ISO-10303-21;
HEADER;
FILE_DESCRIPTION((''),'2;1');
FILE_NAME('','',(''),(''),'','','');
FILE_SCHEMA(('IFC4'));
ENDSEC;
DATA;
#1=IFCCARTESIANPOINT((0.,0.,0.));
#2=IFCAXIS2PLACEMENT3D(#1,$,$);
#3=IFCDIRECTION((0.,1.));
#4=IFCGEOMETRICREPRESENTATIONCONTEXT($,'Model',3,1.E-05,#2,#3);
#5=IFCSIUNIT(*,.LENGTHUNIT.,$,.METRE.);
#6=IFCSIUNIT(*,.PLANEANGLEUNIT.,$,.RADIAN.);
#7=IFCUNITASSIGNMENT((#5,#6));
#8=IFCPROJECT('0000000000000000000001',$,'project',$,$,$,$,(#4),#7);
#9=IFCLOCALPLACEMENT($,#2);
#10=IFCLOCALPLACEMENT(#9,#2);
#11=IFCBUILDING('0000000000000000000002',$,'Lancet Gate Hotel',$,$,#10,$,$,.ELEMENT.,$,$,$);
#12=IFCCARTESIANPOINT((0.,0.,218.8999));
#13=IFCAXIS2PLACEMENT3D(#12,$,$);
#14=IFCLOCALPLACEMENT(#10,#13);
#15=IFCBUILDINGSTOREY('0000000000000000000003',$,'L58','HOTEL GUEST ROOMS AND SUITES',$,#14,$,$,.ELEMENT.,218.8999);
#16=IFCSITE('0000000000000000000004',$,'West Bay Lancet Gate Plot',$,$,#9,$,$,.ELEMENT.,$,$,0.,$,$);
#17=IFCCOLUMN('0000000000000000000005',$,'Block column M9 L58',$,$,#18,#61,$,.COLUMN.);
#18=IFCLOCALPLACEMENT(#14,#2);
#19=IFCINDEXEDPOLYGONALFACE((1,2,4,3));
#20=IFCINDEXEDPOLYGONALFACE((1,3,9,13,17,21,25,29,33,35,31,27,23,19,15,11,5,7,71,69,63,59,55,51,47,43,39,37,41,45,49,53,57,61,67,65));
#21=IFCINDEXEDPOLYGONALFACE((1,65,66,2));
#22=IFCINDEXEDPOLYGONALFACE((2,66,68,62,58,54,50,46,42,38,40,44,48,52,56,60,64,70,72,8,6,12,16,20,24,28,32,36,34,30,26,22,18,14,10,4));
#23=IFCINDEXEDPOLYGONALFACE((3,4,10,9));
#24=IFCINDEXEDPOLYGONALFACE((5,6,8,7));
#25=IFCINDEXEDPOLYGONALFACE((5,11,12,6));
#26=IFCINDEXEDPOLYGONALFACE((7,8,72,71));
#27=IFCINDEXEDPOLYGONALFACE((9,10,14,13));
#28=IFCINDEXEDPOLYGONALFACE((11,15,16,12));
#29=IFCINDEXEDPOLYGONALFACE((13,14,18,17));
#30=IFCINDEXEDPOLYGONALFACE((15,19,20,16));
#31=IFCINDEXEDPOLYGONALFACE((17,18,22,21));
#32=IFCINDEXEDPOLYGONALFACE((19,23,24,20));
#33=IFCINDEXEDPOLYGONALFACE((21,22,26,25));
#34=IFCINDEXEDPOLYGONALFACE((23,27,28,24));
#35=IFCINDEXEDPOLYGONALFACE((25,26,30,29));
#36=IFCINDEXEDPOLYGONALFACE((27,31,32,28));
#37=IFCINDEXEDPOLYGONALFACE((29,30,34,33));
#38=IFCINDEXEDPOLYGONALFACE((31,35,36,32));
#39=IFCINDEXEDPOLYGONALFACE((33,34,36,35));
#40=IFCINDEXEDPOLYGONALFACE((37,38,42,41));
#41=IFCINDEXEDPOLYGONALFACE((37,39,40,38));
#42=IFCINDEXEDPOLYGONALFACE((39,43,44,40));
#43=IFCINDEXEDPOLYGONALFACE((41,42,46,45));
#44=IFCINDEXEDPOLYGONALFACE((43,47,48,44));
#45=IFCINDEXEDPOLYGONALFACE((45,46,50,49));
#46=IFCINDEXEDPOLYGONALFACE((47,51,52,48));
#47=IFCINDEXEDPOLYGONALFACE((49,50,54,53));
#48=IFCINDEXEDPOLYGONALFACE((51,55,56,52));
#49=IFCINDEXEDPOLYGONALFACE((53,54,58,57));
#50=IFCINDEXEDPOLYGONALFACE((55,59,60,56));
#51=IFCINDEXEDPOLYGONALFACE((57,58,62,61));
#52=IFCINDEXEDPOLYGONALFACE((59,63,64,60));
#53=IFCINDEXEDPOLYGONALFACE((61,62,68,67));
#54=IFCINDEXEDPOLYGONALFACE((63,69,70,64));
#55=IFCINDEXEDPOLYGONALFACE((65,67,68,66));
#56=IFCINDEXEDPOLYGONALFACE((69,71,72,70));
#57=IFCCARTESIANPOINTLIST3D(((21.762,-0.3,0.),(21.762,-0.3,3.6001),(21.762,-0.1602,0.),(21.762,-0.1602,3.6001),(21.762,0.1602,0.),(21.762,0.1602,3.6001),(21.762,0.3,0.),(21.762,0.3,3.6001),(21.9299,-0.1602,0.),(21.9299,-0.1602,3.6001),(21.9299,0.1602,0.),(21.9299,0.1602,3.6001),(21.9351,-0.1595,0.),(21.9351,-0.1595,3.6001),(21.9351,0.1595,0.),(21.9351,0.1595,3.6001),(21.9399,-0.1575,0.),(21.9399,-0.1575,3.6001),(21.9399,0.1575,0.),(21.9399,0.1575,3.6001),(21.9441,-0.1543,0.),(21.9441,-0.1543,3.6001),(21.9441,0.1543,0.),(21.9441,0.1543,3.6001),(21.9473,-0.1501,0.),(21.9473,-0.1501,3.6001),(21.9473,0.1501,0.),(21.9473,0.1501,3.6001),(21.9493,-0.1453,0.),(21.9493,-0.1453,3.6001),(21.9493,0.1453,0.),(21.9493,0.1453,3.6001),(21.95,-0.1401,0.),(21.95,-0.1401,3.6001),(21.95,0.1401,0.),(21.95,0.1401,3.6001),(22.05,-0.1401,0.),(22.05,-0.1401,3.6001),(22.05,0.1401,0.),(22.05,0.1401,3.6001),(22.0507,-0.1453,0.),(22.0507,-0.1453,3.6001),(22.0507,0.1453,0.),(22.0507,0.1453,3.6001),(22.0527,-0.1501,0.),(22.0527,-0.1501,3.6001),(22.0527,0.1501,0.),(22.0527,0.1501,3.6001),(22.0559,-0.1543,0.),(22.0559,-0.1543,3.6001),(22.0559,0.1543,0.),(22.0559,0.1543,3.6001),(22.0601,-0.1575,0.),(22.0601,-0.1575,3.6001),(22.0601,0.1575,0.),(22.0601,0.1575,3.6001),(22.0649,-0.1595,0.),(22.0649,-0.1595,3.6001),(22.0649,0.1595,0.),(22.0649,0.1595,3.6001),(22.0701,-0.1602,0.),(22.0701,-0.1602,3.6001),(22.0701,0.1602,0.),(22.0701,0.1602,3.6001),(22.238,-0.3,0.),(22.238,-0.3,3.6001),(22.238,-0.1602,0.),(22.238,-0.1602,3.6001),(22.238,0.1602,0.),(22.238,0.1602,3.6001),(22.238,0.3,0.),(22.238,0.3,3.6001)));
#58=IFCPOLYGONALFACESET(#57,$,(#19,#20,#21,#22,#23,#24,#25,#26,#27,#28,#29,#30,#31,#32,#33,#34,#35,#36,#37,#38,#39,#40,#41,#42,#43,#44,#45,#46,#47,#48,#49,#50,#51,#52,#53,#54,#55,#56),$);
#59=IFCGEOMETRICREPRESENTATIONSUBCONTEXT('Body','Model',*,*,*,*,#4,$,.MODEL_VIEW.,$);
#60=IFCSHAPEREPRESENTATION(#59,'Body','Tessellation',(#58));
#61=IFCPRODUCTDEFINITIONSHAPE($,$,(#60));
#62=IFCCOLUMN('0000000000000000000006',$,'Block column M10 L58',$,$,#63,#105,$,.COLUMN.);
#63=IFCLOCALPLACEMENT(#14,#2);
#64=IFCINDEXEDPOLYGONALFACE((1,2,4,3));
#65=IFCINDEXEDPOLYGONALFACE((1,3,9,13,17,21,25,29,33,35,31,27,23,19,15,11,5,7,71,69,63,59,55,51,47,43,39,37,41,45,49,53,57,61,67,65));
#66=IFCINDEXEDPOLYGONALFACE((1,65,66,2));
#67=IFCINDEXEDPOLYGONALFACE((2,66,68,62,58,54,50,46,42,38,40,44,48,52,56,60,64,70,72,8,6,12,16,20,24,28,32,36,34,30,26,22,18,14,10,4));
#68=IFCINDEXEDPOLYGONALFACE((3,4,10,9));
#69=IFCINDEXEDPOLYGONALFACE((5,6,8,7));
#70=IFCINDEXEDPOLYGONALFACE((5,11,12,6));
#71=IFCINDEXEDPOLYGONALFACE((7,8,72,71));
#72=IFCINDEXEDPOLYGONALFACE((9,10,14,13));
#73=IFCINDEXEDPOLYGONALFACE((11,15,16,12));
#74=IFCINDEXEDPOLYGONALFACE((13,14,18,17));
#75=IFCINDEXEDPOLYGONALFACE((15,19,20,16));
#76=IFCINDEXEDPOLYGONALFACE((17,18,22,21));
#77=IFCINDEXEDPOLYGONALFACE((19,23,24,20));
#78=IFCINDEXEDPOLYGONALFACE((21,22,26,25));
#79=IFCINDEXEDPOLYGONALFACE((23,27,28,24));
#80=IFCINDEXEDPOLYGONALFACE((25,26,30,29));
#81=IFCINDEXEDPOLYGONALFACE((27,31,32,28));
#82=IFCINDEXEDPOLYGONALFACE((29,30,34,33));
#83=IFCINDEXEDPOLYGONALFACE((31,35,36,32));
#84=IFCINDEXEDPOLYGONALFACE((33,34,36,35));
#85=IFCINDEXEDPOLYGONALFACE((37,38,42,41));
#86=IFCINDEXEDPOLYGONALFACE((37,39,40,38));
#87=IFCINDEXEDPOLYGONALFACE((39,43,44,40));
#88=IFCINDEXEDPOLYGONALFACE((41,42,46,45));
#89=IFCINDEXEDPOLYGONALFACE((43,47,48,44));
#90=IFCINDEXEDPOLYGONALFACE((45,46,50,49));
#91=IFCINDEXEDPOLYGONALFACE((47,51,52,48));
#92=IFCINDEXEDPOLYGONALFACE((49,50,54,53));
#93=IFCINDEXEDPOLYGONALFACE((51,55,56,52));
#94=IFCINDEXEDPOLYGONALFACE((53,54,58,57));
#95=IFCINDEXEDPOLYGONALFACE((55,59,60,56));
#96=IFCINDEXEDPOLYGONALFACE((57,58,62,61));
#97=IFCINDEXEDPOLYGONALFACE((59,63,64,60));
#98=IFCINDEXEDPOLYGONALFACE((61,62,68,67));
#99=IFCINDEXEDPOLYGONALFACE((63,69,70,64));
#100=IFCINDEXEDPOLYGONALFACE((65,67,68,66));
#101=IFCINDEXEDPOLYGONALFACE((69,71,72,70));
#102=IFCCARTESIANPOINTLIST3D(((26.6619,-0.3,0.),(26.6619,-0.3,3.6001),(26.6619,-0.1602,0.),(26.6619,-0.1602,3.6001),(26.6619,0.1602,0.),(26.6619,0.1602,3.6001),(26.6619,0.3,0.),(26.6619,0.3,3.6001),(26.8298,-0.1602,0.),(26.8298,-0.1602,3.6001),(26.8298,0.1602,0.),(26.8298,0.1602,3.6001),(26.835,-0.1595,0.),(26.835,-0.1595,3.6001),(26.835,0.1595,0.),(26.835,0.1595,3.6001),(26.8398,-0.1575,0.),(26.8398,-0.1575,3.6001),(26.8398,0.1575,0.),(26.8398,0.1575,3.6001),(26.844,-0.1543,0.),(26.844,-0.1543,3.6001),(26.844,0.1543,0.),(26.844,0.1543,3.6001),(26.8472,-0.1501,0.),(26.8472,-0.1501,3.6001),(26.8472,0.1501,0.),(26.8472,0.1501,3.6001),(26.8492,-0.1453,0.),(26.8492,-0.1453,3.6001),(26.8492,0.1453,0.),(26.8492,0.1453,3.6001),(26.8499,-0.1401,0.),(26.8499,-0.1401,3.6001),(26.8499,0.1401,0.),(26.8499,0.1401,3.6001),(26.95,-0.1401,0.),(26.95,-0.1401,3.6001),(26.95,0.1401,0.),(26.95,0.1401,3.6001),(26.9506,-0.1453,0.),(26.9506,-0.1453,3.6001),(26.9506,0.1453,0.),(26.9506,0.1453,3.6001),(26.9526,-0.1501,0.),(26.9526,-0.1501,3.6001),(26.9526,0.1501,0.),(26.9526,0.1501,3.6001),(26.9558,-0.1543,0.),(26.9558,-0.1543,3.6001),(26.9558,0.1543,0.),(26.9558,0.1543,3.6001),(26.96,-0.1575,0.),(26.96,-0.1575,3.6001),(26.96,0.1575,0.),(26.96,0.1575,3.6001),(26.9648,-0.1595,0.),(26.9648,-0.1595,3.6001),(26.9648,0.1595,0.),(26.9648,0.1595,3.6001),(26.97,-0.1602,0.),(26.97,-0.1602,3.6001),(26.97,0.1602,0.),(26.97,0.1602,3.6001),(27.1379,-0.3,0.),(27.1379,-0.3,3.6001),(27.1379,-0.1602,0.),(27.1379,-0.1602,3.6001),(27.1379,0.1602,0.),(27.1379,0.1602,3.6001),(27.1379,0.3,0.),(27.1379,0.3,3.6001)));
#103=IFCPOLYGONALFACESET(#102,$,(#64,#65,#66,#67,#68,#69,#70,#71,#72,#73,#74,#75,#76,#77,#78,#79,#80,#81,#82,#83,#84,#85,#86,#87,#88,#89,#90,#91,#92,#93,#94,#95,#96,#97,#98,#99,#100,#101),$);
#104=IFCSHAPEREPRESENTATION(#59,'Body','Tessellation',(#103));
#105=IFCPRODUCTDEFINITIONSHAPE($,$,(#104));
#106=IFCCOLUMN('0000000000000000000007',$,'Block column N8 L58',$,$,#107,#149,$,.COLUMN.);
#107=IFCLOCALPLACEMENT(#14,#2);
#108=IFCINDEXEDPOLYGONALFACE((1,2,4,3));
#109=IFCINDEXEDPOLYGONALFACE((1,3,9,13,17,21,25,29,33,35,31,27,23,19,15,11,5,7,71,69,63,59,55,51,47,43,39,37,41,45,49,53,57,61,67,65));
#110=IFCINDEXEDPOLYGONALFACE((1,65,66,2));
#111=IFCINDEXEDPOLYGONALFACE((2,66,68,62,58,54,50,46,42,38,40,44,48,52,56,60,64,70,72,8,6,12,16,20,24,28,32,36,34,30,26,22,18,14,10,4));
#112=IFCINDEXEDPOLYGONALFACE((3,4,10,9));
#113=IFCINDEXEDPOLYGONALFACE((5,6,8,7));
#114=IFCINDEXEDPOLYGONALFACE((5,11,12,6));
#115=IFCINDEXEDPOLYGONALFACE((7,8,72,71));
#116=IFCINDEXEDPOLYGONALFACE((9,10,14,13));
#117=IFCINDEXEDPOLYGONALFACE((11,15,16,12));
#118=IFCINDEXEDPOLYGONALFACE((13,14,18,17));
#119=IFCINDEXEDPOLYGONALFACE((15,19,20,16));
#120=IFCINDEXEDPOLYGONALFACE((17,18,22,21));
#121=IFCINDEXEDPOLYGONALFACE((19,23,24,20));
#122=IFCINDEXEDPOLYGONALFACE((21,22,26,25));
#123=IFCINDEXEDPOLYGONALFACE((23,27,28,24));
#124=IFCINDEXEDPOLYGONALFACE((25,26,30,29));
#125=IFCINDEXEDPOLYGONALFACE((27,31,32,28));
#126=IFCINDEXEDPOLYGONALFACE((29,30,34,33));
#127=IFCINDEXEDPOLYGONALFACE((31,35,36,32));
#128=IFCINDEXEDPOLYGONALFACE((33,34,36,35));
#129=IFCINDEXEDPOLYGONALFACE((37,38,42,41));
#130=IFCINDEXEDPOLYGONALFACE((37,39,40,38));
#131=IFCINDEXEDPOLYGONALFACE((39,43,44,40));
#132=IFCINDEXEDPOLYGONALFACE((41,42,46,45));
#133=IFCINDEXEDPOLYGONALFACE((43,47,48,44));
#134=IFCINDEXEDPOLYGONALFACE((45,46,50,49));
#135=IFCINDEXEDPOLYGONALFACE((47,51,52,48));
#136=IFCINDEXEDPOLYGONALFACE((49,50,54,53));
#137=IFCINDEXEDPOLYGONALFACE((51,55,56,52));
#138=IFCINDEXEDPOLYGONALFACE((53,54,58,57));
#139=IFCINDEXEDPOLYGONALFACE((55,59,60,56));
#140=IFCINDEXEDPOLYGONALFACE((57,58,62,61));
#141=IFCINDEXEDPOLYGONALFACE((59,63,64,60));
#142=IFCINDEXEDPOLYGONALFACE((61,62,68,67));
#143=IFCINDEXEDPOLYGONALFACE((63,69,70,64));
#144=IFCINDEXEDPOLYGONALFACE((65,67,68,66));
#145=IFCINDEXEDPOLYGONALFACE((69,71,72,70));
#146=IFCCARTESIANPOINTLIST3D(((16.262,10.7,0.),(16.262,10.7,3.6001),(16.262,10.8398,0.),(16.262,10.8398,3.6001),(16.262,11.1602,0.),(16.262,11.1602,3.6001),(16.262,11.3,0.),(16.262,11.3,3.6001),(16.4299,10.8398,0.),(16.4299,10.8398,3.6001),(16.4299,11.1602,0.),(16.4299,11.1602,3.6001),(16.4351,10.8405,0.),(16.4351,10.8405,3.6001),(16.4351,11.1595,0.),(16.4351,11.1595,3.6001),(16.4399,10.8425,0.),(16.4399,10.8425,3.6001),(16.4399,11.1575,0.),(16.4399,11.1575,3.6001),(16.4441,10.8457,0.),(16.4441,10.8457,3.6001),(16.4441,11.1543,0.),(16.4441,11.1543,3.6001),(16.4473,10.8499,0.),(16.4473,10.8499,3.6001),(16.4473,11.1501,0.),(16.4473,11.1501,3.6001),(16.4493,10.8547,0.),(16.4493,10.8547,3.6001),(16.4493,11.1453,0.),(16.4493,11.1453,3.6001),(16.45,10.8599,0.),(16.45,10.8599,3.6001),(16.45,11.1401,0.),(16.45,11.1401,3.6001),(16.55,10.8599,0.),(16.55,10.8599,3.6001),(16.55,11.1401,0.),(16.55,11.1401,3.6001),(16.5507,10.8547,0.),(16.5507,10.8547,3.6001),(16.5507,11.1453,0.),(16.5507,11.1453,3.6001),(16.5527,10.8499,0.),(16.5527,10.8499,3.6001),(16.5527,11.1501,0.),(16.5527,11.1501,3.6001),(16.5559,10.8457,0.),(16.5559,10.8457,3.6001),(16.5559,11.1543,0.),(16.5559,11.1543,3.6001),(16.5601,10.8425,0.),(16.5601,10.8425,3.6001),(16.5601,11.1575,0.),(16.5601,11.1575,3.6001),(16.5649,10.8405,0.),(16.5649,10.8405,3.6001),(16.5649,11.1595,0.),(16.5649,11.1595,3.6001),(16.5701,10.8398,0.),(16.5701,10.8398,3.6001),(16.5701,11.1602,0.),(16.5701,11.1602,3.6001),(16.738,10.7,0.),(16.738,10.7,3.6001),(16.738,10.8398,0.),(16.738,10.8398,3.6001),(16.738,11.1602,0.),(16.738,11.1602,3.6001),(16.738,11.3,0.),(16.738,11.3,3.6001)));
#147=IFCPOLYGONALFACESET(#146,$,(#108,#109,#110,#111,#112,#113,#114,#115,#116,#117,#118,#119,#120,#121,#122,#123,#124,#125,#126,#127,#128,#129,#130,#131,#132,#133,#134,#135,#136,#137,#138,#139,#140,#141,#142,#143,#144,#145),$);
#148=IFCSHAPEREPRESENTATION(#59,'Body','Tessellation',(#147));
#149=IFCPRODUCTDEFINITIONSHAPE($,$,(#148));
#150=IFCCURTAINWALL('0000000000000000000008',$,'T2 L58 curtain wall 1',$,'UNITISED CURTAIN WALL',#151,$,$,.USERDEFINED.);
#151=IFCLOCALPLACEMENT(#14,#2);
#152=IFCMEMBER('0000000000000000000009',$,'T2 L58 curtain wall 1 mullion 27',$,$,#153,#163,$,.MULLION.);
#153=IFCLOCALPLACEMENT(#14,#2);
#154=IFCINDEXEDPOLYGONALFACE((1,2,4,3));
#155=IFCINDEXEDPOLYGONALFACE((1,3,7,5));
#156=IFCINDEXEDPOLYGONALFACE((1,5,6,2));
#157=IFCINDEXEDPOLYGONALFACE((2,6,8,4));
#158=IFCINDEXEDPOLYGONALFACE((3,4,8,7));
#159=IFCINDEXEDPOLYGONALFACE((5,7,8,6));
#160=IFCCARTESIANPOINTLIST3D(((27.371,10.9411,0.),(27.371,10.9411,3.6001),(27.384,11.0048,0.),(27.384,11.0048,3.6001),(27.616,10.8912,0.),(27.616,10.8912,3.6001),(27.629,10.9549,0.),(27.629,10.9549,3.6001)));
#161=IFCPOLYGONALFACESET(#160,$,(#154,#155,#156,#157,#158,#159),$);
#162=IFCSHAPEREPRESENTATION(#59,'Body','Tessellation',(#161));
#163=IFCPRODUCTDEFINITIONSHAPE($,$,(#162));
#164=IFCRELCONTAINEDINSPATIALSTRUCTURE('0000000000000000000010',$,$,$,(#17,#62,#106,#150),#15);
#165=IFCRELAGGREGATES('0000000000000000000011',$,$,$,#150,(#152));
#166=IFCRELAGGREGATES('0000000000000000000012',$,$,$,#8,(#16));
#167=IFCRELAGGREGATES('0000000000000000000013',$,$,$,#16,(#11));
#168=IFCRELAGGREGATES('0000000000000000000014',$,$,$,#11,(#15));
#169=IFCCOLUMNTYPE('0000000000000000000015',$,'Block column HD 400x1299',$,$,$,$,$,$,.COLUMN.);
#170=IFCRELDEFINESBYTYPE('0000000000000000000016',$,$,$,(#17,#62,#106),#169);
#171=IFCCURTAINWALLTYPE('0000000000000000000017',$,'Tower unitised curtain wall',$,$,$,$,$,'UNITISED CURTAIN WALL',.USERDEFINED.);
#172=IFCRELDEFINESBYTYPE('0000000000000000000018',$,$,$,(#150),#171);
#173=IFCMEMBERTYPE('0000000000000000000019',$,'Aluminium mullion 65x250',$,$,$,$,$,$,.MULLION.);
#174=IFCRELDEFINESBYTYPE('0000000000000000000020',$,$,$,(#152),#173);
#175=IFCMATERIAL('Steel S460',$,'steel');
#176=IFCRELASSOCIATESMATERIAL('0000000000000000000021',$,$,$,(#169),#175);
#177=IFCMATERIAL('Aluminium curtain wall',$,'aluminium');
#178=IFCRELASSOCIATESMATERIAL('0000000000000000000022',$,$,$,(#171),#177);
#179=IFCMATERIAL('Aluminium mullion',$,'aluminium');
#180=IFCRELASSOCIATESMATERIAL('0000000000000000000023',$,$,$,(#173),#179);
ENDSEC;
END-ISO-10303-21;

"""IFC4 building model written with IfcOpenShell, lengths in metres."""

from ifc_helpers import new_model, si_unit, direction, frame, origin, origin_2d, place, context, subcontext, project, spatial, rectangle, i_section, extrude, material, material_profile, profile_set, type_object, element, aggregate, save


model = new_model("IFC4")

# Units and contexts
model_context = context("Model", 3, precision=1e-05, world=origin(), true_north=direction((0.0, 1.0)))
body_context = subcontext(model_context, "Body", "Model", "MODEL_VIEW")
ifc_project = project(units=[si_unit("LENGTHUNIT", "METRE"), si_unit("PLANEANGLEUNIT", "RADIAN")], contexts=[model_context])

# Site, building, storey
site_placement = place(None, origin())
site = spatial("IfcSite", under=ifc_project, at=site_placement, Name="West Bay Lancet Gate Plot", CompositionType="ELEMENT", RefElevation=0.0)
building_placement = place(site_placement, origin())
building = spatial("IfcBuilding", under=site, at=building_placement, Name="Lancet Gate Hotel", CompositionType="ELEMENT")
storey_placement = place(building_placement, frame((0.0, 0.0, 218.8999)))
storey = spatial("IfcBuildingStorey", under=building, at=storey_placement, Name="L58", Description="HOTEL GUEST ROOMS AND SUITES", CompositionType="ELEMENT", Elevation=218.8999)

# Columns
ifc_material_1 = material(Name="Steel S460", Category="steel")
ifc_material_profile_1 = material_profile(ifc_material_1, i_section(OverallWidth=0.4761, OverallDepth=0.6001, WebThickness=0.1001, FlangeThickness=0.1399, FilletRadius=0.02, at=origin_2d()), Name="HD 400x1299")
ifc_profile_set_1 = profile_set([ifc_material_profile_1], Name="Steel S460")
column_type = type_object("IfcColumnType", Name="Block column HD 400x1299", PredefinedType="COLUMN", material=ifc_profile_set_1)
for number, where, z_axis, x_axis, name in (
    (1, (22.0, 0.0, 0.0), (0.0, 0.0, 1.0), (1.0, 0.0, 0.0), "Block column M9 L58"),
    (2, (26.8999, 0.0, 0.0), (0.0, 0.0, 1.0), (1.0, 0.0, 0.0), "Block column M10 L58"),
    (3, (16.5, 11.0, 0.0), (0.0, 0.0, 1.0), (1.0, 0.0, 0.0), "Block column N8 L58"),
):
    element("IfcColumn", number, at=place(storey_placement, frame(where, z_axis=z_axis, x_axis=x_axis)), inside=storey, type_object=column_type, Name=name, PredefinedType="COLUMN", context=body_context, shape_type="SweptSolid", body=[
        extrude(i_section(OverallWidth=0.4761, OverallDepth=0.6001, WebThickness=0.1001, FlangeThickness=0.1399, FilletRadius=0.02, at=origin_2d()), origin(), (0.0, 0.0, 1.0), 3.6001),
    ])

# Curtain wall, member
ifc_material_2 = material(Name="Aluminium curtain wall", Category="aluminium")
curtain_wall_type = type_object("IfcCurtainWallType", Name="Tower unitised curtain wall", ElementType="UNITISED CURTAIN WALL", PredefinedType="USERDEFINED", material=ifc_material_2)
curtain_wall_placement = place(storey_placement, origin())
curtain_wall = element("IfcCurtainWall", 4, at=curtain_wall_placement, inside=storey, type_object=curtain_wall_type, Name="T2 L58 curtain wall 1", ObjectType="UNITISED CURTAIN WALL", PredefinedType="USERDEFINED")
ifc_material_3 = material(Name="Aluminium mullion", Category="aluminium")
ifc_material_profile_2 = material_profile(ifc_material_3, rectangle(XDim=0.0649, YDim=0.25, at=origin_2d()), Name="MULLION 65x250")
ifc_profile_set_2 = profile_set([ifc_material_profile_2], Name="Aluminium mullion")
member_type_1 = type_object("IfcMemberType", Name="Aluminium mullion 65x250", PredefinedType="MULLION", material=ifc_profile_set_2)
member_1_placement = place(storey_placement, frame((27.5, 10.948, 0.0), z_axis=(0.0, 0.0, 1.0), x_axis=(-0.199533, -0.979891, 0.0)))
member_1 = element("IfcMember", 5, at=member_1_placement, type_object=member_type_1, Name="T2 L58 curtain wall 1 mullion 27", PredefinedType="MULLION", context=body_context, shape_type="SweptSolid", body=[
    extrude(rectangle(XDim=0.0649, YDim=0.25, at=origin_2d()), origin(), (0.0, 0.0, 1.0), 3.6001),
])
aggregate(curtain_wall, [member_1])

save(model, "model.ifc")
